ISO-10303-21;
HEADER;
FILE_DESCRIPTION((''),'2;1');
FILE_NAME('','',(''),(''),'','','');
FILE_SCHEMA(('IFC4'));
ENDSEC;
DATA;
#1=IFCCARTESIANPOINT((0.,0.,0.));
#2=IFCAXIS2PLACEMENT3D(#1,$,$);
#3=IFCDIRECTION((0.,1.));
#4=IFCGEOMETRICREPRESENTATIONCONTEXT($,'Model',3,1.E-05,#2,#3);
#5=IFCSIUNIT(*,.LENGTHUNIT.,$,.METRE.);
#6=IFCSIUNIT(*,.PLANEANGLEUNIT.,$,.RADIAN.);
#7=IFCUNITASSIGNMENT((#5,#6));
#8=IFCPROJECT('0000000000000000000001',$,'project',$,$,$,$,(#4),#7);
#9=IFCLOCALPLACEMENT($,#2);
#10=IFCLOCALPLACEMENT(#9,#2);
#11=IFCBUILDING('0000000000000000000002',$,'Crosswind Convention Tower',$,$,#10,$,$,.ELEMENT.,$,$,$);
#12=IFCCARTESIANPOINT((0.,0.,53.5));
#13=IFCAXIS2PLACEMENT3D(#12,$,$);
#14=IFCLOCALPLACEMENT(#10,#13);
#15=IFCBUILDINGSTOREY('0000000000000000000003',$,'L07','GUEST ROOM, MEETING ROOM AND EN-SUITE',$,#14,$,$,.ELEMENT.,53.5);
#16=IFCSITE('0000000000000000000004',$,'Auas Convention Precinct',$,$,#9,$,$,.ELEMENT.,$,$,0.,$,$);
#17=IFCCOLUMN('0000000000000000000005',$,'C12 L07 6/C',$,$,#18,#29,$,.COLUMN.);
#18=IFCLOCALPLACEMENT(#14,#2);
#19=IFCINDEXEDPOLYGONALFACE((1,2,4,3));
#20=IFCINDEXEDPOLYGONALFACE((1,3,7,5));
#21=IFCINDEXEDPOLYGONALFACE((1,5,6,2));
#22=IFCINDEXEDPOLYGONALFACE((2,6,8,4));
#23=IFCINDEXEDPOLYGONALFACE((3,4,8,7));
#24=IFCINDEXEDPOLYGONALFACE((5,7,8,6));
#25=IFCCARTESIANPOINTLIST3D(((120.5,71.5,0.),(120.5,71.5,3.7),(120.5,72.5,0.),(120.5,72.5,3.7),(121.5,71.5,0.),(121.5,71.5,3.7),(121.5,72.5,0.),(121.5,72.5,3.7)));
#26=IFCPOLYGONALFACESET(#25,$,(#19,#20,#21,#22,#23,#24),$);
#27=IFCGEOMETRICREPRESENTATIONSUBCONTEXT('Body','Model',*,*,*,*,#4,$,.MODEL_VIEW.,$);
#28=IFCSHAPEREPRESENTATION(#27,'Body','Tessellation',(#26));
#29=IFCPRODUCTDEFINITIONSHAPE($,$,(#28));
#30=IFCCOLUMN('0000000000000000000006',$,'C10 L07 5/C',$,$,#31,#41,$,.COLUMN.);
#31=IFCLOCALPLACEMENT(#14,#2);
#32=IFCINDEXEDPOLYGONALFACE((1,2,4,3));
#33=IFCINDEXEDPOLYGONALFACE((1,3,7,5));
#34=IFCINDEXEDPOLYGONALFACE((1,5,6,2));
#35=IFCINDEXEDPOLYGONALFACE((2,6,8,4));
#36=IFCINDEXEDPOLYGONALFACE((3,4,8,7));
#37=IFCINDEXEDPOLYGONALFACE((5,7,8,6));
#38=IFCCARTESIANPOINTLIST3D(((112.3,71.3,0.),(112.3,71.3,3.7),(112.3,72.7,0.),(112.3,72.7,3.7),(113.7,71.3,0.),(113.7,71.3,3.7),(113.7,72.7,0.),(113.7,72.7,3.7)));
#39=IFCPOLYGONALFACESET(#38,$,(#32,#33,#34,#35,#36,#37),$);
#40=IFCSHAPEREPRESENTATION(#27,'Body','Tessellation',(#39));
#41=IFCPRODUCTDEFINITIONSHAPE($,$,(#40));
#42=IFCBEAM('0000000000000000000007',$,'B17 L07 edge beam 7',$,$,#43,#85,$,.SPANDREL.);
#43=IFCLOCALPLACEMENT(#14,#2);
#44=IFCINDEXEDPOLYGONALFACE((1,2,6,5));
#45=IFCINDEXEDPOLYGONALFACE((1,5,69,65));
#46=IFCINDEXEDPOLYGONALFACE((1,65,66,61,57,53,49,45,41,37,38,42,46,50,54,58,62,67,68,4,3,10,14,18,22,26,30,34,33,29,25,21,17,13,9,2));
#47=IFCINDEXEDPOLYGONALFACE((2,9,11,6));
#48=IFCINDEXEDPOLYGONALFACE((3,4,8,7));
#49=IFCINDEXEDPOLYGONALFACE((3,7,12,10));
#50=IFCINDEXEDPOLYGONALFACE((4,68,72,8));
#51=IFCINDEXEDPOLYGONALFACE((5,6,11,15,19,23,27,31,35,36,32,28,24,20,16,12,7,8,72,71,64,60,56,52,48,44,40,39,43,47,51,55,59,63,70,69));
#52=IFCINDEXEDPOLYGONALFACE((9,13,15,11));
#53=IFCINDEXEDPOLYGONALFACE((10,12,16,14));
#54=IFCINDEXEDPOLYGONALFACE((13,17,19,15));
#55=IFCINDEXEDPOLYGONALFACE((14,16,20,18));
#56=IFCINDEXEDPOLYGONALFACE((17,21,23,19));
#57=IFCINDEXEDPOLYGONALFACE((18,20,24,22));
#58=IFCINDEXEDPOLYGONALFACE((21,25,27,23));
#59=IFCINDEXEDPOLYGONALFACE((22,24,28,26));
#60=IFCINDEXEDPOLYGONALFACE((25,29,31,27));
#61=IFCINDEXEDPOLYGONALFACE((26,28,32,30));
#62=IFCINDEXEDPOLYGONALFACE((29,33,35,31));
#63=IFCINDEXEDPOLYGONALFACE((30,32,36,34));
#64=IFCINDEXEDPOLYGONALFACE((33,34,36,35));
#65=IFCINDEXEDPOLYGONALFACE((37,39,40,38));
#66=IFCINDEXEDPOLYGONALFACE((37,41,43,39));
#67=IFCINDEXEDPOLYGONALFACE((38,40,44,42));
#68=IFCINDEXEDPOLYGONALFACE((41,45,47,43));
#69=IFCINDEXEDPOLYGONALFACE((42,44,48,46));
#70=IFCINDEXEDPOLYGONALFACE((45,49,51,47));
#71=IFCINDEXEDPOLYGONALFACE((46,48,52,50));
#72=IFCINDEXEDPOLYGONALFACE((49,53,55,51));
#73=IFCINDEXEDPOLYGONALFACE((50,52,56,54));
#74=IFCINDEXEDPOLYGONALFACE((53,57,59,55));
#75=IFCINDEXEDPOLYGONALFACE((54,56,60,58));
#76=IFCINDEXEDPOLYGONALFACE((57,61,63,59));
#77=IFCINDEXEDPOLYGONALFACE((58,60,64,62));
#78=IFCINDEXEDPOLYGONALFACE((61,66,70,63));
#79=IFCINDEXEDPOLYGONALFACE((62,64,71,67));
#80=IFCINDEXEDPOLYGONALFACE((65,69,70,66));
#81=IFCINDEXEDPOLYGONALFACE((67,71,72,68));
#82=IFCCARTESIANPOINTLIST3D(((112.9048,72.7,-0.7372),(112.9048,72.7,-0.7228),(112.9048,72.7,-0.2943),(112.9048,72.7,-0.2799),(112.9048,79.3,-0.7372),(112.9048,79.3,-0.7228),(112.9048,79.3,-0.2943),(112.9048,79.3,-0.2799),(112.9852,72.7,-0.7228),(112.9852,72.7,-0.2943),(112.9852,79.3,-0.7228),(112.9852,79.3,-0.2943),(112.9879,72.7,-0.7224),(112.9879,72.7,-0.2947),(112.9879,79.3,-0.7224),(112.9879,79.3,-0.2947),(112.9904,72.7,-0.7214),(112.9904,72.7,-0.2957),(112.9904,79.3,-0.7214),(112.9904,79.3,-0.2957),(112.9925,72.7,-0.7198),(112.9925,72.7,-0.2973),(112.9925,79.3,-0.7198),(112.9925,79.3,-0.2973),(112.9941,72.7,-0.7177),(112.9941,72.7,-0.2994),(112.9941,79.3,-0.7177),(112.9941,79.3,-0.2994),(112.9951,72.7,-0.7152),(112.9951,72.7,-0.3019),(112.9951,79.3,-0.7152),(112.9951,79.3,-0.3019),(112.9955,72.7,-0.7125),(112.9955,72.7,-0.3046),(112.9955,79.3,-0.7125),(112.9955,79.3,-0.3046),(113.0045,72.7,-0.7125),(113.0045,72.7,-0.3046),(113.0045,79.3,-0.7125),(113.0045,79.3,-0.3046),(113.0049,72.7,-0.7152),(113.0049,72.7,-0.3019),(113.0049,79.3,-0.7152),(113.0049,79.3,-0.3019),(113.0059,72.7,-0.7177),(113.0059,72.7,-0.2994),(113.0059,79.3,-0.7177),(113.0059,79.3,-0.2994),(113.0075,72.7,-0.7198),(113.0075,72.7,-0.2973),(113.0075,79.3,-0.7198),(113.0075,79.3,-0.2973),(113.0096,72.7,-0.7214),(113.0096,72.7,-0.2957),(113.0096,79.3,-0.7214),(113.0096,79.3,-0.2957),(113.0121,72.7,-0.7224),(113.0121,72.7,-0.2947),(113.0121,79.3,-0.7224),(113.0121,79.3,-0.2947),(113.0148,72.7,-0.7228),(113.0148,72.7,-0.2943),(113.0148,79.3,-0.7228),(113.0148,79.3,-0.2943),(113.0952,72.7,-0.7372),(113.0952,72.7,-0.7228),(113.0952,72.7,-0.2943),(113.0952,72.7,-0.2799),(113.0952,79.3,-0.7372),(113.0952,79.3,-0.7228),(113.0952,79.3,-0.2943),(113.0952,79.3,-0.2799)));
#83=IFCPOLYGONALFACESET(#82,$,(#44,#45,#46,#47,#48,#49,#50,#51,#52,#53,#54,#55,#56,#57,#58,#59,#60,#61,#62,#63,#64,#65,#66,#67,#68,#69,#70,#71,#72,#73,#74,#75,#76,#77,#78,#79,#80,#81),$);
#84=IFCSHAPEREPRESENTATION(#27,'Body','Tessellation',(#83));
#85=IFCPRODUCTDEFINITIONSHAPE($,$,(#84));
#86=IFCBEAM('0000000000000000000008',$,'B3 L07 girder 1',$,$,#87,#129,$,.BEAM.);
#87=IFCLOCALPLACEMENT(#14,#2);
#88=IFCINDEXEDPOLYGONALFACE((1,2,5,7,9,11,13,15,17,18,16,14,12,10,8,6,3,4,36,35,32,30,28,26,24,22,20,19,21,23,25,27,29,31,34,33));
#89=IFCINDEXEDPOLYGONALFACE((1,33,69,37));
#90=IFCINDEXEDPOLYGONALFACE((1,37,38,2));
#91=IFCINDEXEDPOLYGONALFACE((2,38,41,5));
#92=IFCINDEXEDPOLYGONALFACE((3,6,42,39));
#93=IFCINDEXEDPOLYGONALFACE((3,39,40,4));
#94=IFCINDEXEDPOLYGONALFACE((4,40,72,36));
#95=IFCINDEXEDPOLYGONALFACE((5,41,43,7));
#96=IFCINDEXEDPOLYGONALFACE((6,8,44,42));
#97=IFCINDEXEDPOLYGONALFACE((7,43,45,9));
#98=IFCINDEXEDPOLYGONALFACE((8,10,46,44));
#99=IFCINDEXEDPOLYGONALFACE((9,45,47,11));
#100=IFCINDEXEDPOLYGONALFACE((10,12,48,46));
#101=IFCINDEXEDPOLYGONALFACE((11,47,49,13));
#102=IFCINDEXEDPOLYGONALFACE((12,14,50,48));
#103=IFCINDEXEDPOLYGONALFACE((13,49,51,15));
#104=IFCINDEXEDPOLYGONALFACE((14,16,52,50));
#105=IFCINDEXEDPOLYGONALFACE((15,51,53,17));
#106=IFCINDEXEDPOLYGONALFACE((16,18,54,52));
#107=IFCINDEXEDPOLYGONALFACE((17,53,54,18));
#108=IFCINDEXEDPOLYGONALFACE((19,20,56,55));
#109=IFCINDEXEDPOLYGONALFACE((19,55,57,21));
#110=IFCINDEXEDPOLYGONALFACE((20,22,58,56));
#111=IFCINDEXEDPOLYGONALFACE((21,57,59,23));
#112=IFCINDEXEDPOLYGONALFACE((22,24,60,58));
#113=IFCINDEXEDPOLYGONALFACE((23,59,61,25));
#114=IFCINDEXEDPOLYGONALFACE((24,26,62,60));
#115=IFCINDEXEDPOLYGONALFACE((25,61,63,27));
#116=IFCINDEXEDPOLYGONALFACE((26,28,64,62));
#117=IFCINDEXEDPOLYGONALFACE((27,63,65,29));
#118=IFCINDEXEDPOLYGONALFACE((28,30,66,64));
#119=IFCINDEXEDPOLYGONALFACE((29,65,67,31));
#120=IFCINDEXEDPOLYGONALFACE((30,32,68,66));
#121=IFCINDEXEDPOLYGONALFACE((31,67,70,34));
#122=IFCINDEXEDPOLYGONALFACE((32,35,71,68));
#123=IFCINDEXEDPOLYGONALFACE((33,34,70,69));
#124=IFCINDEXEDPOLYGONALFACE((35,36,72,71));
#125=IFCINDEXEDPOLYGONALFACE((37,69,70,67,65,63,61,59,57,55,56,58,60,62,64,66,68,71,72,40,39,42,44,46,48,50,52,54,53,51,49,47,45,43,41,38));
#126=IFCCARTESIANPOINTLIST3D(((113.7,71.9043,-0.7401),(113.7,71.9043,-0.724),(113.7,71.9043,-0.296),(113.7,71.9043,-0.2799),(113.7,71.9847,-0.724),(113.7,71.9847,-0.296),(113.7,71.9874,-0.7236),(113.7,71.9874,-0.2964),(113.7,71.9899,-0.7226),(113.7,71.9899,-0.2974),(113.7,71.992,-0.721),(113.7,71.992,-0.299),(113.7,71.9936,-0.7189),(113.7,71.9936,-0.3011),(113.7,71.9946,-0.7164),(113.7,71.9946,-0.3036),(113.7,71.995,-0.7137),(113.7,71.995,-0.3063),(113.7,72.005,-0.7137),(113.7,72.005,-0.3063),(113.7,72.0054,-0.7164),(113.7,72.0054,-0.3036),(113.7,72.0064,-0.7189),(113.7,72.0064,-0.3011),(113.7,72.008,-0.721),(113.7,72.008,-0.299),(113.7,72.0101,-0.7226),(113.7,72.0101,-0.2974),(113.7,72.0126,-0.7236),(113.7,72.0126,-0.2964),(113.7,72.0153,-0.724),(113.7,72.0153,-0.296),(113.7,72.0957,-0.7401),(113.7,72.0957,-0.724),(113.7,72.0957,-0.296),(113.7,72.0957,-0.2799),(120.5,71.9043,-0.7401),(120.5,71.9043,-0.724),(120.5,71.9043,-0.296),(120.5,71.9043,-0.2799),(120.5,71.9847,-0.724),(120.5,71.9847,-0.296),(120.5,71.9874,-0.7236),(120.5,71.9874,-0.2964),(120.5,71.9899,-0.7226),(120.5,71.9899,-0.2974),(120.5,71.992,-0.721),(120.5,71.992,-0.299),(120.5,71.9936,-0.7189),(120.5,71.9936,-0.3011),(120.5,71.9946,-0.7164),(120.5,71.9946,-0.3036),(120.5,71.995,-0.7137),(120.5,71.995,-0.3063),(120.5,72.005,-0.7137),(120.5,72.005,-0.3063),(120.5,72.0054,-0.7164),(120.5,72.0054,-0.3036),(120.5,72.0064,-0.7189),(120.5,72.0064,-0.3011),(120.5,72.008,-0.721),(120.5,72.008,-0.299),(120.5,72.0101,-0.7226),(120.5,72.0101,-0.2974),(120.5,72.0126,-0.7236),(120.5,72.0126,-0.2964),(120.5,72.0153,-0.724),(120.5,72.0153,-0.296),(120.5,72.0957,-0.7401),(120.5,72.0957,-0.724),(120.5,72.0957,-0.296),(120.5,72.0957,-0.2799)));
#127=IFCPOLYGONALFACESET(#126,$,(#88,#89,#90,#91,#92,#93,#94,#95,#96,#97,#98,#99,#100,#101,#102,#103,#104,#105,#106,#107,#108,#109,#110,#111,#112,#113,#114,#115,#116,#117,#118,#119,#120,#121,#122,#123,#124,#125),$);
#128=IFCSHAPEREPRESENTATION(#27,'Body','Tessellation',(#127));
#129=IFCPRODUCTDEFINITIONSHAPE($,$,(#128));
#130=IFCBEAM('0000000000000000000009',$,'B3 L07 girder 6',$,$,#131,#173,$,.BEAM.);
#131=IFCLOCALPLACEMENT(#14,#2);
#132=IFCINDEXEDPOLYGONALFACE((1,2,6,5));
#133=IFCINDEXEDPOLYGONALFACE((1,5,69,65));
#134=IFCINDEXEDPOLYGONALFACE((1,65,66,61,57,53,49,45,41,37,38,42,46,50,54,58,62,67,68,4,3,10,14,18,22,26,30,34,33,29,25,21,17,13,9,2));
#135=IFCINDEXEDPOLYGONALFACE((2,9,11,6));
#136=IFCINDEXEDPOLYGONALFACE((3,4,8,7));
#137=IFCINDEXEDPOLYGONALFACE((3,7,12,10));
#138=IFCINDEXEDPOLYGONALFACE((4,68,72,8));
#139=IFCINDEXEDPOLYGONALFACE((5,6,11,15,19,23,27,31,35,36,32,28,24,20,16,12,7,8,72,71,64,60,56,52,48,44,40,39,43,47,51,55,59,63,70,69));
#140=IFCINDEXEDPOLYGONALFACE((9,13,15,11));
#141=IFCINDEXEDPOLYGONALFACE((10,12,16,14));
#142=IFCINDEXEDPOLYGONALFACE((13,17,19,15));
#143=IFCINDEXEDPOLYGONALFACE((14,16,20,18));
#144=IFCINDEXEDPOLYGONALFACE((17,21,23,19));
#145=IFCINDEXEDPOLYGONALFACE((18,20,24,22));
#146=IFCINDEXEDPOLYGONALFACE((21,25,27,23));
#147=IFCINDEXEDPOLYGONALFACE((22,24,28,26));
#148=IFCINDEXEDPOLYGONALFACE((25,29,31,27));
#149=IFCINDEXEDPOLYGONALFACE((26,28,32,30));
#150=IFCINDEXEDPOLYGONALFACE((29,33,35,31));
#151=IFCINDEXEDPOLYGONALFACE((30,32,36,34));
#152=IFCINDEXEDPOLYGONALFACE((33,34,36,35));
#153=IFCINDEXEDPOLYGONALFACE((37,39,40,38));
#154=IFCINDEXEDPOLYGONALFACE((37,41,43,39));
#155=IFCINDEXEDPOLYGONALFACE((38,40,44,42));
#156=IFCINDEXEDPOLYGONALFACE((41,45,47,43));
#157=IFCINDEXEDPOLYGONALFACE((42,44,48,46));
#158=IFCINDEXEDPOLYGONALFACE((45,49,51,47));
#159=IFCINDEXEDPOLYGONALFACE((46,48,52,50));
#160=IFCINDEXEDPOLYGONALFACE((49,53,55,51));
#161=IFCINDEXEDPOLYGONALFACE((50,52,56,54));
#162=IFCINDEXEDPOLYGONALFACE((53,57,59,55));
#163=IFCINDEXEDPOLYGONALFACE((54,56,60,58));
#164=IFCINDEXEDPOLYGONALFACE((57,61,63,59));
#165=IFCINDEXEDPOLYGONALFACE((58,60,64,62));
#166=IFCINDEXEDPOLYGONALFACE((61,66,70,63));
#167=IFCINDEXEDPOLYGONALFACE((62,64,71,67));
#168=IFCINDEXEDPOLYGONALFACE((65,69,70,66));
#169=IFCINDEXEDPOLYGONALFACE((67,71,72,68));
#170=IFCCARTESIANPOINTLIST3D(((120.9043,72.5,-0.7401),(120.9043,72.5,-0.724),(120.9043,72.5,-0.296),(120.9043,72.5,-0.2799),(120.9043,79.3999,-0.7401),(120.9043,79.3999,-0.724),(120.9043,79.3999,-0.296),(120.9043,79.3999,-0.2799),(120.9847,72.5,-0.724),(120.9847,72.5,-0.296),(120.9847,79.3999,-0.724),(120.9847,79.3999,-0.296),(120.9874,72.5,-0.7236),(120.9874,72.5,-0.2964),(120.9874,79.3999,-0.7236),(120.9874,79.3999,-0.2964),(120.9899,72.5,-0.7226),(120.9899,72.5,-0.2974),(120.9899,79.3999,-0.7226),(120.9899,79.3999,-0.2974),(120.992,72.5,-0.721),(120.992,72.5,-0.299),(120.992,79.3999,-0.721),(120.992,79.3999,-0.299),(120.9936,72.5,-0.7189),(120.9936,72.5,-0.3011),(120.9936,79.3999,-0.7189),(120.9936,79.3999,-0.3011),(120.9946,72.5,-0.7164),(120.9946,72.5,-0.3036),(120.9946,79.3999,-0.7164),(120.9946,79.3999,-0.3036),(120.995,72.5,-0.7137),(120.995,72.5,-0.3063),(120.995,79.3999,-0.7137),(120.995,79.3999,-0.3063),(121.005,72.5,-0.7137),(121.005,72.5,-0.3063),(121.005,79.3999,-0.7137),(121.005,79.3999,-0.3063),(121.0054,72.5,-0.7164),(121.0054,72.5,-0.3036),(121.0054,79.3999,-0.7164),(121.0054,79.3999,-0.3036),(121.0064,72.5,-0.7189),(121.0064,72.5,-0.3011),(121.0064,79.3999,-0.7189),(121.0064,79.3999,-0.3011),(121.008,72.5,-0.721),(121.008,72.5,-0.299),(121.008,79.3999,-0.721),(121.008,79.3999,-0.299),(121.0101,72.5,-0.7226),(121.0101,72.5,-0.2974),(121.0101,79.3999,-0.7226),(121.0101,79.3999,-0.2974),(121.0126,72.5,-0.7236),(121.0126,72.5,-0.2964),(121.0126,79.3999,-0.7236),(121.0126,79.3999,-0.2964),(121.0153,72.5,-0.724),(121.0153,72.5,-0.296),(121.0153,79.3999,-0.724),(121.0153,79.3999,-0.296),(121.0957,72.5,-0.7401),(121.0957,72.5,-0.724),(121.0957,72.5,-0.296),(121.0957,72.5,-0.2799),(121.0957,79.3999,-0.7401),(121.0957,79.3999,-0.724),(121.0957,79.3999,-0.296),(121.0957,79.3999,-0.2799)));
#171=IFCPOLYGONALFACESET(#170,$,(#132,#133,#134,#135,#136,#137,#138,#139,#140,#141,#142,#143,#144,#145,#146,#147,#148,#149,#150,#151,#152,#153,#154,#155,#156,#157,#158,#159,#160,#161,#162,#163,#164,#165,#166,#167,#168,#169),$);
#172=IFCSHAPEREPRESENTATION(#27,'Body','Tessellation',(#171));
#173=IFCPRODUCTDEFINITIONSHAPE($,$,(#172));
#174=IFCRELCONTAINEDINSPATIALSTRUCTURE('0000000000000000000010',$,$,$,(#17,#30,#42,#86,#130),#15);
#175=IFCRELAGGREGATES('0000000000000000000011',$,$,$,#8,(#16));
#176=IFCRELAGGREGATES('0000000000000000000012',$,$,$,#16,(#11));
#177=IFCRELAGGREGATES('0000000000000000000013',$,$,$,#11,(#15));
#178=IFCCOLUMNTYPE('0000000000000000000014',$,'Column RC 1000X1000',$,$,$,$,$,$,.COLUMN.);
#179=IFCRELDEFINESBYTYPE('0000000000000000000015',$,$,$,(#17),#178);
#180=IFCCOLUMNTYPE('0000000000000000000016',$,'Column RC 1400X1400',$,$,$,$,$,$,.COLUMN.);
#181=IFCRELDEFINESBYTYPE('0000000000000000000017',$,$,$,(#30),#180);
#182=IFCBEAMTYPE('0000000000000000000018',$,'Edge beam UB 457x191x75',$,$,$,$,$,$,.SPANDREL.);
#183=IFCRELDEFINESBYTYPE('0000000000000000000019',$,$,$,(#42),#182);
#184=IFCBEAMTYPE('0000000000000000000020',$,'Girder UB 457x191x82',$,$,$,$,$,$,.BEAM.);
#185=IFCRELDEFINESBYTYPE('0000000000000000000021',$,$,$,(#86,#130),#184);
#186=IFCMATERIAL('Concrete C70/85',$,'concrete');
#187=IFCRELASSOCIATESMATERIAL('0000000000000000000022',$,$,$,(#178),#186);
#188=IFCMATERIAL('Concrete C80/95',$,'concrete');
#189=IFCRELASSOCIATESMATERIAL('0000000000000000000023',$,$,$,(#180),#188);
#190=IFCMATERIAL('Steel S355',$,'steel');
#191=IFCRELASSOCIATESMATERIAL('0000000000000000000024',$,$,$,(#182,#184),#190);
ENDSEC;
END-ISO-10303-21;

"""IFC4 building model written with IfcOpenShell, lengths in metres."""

from ifc_helpers import new_model, si_unit, direction, frame, origin, origin_2d, place, context, subcontext, project, spatial, rectangle, i_section, extrude, material, material_profile, profile_set, type_object, element, save


model = new_model("IFC4")

# Units and contexts
model_context = context("Model", 3, precision=1e-05, world=origin(), true_north=direction((0.0, 1.0)))
body_context = subcontext(model_context, "Body", "Model", "MODEL_VIEW")
ifc_project = project(units=[si_unit("LENGTHUNIT", "METRE"), si_unit("PLANEANGLEUNIT", "RADIAN")], contexts=[model_context])

# Site, building, storey
site_placement = place(None, origin())
site = spatial("IfcSite", under=ifc_project, at=site_placement, Name="Auas Convention Precinct", CompositionType="ELEMENT", RefElevation=0.0)
building_placement = place(site_placement, origin())
building = spatial("IfcBuilding", under=site, at=building_placement, Name="Crosswind Convention Tower", CompositionType="ELEMENT")
storey_placement = place(building_placement, frame((0.0, 0.0, 53.5)))
storey = spatial("IfcBuildingStorey", under=building, at=storey_placement, Name="L07", Description="GUEST ROOM, MEETING ROOM AND EN-SUITE", CompositionType="ELEMENT", Elevation=53.5)

# Columns
ifc_material_1 = material(Name="Concrete C70/85", Category="concrete")
ifc_material_profile_1 = material_profile(ifc_material_1, rectangle(XDim=1.0, YDim=1.0, at=origin_2d()), Name="RC 1000X1000")
ifc_profile_set_1 = profile_set([ifc_material_profile_1], Name="Concrete C70/85")
column_type_1 = type_object("IfcColumnType", Name="Column RC 1000X1000", PredefinedType="COLUMN", material=ifc_profile_set_1)
column_1_placement = place(storey_placement, frame((121.0, 72.0, 0.0), z_axis=(0.0, 0.0, 1.0), x_axis=(1.0, 0.0, 0.0)))
element("IfcColumn", 1, at=column_1_placement, inside=storey, type_object=column_type_1, Name="C12 L07 6/C", PredefinedType="COLUMN", context=body_context, shape_type="SweptSolid", body=[
    extrude(rectangle(XDim=1.0, YDim=1.0, at=origin_2d()), origin(), (0.0, 0.0, 1.0), 3.7),
])
ifc_material_2 = material(Name="Concrete C80/95", Category="concrete")
ifc_material_profile_2 = material_profile(ifc_material_2, rectangle(XDim=1.3999, YDim=1.3999, at=origin_2d()), Name="RC 1400X1400")
ifc_profile_set_2 = profile_set([ifc_material_profile_2], Name="Concrete C80/95")
column_type_2 = type_object("IfcColumnType", Name="Column RC 1400X1400", PredefinedType="COLUMN", material=ifc_profile_set_2)
column_2_placement = place(storey_placement, frame((113.0, 72.0, 0.0), z_axis=(0.0, 0.0, 1.0), x_axis=(1.0, 0.0, 0.0)))
element("IfcColumn", 2, at=column_2_placement, inside=storey, type_object=column_type_2, Name="C10 L07 5/C", PredefinedType="COLUMN", context=body_context, shape_type="SweptSolid", body=[
    extrude(rectangle(XDim=1.3999, YDim=1.3999, at=origin_2d()), origin(), (0.0, 0.0, 1.0), 3.7),
])

# Beams
ifc_material_3 = material(Name="Steel S355", Category="steel")
ifc_material_profile_3 = material_profile(ifc_material_3, i_section(OverallWidth=0.1904, OverallDepth=0.4573, WebThickness=0.009, FlangeThickness=0.0144, FilletRadius=0.0103, at=origin_2d()), Name="UB 457x191x75")
ifc_profile_set_3 = profile_set([ifc_material_profile_3], Name="Steel S355")
beam_type_1 = type_object("IfcBeamType", Name="Edge beam UB 457x191x75", PredefinedType="SPANDREL", material=ifc_profile_set_3)
beam_1_placement = place(storey_placement, frame((113.0, 72.7, -0.5085), z_axis=(0.0, 1.0, 0.0), x_axis=(-1.0, 0.0, 0.0)))
element("IfcBeam", 3, at=beam_1_placement, inside=storey, type_object=beam_type_1, Name="B17 L07 edge beam 7", PredefinedType="SPANDREL", context=body_context, shape_type="SweptSolid", body=[
    extrude(i_section(OverallWidth=0.1904, OverallDepth=0.4573, WebThickness=0.009, FlangeThickness=0.0144, FilletRadius=0.0103, at=origin_2d()), origin(), (0.0, 0.0, 1.0), 6.6001),
])
ifc_material_profile_4 = material_profile(ifc_material_3, i_section(OverallWidth=0.1914, OverallDepth=0.4602, WebThickness=0.01, FlangeThickness=0.0161, FilletRadius=0.0103, at=origin_2d()), Name="UB 457x191x82")
ifc_profile_set_4 = profile_set([ifc_material_profile_4], Name="Steel S355")
beam_type_2 = type_object("IfcBeamType", Name="Girder UB 457x191x82", PredefinedType="BEAM", material=ifc_profile_set_4)
beam_2_placement = place(storey_placement, frame((113.7, 72.0, -0.51), z_axis=(1.0, 0.0, 0.0), x_axis=(0.0, 1.0, 0.0)))
element("IfcBeam", 4, at=beam_2_placement, inside=storey, type_object=beam_type_2, Name="B3 L07 girder 1", PredefinedType="BEAM", context=body_context, shape_type="SweptSolid", body=[
    extrude(i_section(OverallWidth=0.1914, OverallDepth=0.4602, WebThickness=0.01, FlangeThickness=0.0161, FilletRadius=0.0103, at=origin_2d()), origin(), (0.0, 0.0, 1.0), 6.8),
])
beam_3_placement = place(storey_placement, frame((121.0, 72.5, -0.51), z_axis=(0.0, 1.0, 0.0), x_axis=(-1.0, 0.0, 0.0)))
element("IfcBeam", 5, at=beam_3_placement, inside=storey, type_object=beam_type_2, Name="B3 L07 girder 6", PredefinedType="BEAM", context=body_context, shape_type="SweptSolid", body=[
    extrude(i_section(OverallWidth=0.1914, OverallDepth=0.4602, WebThickness=0.01, FlangeThickness=0.0161, FilletRadius=0.0103, at=origin_2d()), origin(), (0.0, 0.0, 1.0), 6.8999),
])

save(model, "model.ifc")
